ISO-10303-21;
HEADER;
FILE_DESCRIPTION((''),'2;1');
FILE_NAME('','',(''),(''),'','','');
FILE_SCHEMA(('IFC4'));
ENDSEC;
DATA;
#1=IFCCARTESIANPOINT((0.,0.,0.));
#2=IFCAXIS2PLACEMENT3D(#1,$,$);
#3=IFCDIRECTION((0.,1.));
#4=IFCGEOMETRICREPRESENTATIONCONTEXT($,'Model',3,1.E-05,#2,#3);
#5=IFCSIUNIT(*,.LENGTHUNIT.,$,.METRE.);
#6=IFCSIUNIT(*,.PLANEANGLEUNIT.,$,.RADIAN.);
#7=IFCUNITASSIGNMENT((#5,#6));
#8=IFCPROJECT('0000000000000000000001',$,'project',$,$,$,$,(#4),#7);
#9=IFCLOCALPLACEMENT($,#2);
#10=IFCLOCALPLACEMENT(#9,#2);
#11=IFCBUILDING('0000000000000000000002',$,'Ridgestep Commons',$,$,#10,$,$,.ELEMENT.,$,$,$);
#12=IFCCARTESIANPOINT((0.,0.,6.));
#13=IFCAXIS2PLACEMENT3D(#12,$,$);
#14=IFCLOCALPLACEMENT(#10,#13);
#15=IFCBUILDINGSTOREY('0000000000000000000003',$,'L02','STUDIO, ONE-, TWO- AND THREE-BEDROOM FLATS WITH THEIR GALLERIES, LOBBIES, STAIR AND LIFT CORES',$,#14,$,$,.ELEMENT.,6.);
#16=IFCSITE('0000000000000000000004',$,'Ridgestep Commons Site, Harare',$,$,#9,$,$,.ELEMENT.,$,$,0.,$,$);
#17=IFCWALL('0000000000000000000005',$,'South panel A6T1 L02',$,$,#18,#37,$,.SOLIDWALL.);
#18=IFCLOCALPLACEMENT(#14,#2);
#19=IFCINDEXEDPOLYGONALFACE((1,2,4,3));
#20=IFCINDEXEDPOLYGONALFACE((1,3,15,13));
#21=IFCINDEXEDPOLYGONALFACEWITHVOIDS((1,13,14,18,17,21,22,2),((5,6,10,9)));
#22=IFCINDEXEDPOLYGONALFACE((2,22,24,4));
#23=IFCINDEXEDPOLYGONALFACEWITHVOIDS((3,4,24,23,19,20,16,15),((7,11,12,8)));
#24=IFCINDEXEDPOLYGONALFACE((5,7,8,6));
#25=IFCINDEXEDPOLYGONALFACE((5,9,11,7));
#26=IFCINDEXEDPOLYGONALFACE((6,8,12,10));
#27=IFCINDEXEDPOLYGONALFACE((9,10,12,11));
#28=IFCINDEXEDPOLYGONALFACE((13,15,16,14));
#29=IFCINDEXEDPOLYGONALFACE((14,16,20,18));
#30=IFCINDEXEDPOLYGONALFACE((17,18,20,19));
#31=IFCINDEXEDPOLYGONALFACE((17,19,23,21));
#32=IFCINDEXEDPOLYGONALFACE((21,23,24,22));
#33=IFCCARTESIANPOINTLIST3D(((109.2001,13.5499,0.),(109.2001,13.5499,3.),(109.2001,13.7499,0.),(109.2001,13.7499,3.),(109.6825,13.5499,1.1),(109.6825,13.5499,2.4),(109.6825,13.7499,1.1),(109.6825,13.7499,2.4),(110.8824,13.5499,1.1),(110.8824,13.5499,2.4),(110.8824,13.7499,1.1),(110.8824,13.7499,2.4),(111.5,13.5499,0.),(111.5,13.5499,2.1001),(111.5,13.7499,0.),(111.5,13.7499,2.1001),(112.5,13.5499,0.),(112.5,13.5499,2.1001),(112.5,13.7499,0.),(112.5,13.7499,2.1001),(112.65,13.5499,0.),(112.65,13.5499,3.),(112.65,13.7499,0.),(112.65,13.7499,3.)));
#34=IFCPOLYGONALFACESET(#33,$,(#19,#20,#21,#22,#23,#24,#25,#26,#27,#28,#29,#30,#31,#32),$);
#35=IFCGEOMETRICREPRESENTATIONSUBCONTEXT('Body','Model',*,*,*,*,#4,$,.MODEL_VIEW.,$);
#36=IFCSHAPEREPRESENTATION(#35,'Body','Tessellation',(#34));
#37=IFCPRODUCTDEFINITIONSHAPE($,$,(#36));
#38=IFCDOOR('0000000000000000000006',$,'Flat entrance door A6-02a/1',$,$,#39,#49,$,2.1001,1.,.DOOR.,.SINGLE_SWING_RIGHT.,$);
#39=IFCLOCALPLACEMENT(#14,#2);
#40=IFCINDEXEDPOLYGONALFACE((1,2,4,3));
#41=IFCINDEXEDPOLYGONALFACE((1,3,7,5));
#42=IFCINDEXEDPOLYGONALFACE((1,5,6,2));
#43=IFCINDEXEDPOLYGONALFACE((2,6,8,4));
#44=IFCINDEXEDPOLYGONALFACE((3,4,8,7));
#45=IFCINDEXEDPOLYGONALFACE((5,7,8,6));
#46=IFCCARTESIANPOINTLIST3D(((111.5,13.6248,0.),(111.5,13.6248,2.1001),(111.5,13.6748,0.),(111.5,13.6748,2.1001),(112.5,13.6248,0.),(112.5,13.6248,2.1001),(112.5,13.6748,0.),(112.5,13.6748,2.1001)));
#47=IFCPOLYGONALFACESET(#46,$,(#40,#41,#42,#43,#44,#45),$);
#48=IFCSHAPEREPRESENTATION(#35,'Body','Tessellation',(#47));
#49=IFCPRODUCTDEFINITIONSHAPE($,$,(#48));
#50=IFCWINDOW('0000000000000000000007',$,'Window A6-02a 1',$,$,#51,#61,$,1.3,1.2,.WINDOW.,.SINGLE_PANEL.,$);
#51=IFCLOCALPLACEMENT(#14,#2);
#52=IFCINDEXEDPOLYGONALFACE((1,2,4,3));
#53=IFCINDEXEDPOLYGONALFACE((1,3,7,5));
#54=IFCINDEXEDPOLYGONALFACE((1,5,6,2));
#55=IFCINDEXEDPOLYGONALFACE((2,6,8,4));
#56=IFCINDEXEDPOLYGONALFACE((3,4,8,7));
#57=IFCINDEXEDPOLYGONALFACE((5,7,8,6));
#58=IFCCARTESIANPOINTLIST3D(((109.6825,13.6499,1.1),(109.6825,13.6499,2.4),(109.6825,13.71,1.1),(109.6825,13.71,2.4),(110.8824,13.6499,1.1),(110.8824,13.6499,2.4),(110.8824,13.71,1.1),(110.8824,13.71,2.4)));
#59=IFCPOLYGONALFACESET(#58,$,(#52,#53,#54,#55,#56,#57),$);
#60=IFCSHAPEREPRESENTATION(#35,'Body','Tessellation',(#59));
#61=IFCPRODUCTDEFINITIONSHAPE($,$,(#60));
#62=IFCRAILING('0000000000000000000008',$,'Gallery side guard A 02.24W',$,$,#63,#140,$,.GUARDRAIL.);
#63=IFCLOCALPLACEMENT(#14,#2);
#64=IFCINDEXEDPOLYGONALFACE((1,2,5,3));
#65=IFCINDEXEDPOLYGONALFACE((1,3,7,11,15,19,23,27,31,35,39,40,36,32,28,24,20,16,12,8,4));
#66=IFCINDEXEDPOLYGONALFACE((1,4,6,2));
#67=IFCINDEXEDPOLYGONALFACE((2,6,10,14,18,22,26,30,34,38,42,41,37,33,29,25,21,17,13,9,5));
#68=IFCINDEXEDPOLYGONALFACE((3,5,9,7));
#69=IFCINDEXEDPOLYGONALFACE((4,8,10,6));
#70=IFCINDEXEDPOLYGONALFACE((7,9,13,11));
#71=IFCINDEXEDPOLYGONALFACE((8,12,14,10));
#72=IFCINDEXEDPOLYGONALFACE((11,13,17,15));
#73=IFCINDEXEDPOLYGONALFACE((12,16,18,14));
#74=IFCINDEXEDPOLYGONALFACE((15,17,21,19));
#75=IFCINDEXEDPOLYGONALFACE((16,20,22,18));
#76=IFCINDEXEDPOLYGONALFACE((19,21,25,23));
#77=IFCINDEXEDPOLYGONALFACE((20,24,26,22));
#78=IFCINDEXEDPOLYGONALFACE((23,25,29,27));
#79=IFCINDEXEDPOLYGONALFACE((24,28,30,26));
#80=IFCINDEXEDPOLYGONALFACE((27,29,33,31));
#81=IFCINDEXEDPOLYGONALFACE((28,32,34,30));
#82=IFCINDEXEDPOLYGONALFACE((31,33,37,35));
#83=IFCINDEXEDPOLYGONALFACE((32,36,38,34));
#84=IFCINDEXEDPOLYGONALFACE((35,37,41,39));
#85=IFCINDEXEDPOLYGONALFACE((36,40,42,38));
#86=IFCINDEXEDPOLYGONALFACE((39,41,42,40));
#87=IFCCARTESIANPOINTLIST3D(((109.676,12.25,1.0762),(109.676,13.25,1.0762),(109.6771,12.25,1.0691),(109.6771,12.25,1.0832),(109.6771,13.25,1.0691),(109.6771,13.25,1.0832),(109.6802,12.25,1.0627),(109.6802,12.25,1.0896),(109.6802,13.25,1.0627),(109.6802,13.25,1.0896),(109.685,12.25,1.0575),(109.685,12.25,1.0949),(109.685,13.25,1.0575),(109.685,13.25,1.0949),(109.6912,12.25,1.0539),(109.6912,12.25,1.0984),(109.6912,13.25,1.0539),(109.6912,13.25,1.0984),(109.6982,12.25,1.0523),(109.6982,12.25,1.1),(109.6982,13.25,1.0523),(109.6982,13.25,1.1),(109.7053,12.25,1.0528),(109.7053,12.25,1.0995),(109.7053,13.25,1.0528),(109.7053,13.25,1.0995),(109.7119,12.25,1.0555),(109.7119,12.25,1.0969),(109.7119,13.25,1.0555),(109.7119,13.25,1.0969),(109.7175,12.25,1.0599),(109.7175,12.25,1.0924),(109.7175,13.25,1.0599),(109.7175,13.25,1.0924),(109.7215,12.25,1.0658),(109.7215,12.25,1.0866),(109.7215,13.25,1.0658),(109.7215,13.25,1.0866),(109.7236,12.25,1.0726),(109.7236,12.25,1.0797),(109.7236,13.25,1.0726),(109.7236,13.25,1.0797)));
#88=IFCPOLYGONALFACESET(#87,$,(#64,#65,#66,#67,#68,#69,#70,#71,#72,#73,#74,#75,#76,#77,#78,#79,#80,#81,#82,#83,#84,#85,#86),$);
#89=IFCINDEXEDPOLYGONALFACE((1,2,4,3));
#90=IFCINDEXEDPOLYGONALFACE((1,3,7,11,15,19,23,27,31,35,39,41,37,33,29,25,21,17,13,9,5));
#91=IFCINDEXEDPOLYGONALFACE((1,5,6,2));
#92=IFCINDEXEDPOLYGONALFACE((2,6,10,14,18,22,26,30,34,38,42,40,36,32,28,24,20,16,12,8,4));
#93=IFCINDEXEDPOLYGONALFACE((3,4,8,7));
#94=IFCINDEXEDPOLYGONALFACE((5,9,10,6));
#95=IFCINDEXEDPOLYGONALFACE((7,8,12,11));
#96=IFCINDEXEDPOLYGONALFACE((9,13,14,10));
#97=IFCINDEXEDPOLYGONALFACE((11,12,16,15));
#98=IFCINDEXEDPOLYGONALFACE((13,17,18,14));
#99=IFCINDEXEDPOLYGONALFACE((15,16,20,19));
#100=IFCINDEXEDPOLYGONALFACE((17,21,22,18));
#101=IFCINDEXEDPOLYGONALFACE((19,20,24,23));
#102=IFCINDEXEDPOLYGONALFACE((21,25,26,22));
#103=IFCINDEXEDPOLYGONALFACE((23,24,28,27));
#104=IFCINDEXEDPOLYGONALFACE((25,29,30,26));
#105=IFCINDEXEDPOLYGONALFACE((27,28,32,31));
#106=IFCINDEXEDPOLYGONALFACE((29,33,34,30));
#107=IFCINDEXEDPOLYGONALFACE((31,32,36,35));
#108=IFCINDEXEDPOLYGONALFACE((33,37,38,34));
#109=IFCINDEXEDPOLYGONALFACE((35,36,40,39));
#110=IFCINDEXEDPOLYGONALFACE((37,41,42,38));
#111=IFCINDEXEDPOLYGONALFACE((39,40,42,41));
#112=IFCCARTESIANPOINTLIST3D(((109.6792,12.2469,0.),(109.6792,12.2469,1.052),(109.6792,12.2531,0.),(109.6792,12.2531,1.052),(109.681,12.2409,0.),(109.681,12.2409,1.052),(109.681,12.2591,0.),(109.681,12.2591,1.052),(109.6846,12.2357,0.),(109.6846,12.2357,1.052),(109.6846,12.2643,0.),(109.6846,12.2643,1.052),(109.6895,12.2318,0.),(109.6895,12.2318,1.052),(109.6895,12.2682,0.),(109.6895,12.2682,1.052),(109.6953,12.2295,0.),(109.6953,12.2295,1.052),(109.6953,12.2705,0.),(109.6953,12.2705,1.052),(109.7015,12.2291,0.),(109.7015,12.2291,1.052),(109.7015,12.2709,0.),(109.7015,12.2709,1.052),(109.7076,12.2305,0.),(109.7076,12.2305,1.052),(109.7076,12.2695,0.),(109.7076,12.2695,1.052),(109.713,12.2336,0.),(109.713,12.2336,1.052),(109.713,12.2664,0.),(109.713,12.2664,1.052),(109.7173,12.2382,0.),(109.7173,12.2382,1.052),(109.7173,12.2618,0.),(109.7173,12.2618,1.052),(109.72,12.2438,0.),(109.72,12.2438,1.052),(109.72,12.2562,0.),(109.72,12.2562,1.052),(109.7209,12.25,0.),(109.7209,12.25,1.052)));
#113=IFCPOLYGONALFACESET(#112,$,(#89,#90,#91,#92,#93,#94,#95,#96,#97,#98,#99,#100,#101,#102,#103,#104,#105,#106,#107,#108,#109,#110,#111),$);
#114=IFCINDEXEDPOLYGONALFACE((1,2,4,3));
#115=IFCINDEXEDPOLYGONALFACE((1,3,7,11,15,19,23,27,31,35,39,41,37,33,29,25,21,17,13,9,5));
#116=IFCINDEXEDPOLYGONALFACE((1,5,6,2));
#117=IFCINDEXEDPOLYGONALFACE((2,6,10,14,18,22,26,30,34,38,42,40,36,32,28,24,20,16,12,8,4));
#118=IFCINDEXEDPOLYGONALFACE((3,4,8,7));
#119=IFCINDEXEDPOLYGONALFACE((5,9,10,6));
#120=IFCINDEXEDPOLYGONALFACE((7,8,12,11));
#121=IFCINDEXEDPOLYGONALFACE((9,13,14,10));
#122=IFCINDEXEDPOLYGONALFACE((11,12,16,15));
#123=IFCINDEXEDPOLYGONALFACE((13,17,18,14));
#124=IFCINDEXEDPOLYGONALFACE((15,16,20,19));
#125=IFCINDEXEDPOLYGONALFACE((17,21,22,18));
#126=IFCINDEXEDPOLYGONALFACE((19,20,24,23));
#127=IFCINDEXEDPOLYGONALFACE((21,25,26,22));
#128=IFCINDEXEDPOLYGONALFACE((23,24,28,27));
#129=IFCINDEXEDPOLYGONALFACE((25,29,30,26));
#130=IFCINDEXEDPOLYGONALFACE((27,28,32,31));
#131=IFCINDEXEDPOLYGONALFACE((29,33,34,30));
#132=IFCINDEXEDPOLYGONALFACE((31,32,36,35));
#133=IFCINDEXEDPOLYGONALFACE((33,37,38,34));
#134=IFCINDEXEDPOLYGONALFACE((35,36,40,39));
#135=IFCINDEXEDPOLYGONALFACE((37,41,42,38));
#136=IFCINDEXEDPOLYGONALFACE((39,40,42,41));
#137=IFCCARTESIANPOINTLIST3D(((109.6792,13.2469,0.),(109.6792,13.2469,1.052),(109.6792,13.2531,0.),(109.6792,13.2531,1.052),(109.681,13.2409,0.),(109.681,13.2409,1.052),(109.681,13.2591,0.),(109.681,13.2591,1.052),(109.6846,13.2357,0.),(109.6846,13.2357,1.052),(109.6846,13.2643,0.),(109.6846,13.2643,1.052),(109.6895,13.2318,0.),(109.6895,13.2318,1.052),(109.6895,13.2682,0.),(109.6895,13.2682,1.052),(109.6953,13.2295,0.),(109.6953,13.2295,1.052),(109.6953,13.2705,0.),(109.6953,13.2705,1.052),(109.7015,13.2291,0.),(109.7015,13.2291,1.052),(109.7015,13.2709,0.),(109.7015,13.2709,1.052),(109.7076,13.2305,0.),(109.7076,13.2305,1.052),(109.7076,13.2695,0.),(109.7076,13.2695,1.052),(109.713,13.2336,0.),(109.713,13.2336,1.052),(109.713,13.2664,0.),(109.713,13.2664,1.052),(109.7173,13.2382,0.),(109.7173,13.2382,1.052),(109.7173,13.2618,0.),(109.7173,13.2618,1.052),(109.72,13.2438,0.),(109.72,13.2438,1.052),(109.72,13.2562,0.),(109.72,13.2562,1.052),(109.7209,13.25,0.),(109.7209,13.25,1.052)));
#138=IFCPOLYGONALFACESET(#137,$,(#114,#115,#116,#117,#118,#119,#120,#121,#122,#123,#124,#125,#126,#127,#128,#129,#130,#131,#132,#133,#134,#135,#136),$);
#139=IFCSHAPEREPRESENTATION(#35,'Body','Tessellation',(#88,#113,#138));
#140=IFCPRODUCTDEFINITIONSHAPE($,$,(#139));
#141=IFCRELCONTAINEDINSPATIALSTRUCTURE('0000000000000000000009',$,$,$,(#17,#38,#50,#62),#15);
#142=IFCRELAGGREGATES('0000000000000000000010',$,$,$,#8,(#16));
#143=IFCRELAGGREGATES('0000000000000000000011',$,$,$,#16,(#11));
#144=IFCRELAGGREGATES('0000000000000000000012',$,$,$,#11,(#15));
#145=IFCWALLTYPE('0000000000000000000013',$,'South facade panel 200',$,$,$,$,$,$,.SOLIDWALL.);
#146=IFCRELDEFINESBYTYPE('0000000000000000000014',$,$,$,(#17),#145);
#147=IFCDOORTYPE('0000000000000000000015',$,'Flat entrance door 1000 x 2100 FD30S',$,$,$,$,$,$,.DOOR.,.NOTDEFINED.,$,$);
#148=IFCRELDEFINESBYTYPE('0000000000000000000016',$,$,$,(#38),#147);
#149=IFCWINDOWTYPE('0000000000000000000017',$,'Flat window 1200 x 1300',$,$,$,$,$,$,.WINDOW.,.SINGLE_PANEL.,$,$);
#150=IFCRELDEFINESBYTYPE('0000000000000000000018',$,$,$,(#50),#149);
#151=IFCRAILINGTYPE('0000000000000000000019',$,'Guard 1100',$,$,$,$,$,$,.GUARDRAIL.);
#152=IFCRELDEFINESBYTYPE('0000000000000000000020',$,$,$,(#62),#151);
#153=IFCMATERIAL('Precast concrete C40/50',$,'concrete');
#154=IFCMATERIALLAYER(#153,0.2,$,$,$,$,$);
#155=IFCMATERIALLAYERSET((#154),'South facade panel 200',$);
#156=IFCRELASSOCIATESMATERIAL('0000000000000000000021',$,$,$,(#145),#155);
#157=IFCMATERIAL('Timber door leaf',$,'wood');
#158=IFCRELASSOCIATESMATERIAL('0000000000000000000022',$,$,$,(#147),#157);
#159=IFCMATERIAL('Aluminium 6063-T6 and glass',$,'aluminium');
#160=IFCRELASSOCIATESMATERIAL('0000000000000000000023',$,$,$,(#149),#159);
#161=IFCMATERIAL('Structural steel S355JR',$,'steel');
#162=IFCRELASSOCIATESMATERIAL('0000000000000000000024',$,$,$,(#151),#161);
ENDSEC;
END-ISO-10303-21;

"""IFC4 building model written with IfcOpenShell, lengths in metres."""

from ifc_helpers import new_model, si_unit, direction, frame, frame_2d, origin, origin_2d, place, context, subcontext, project, spatial, rectangle, circle, extrude, material, layer, layer_set, type_object, element, fill, save


model = new_model("IFC4")

# Units and contexts
model_context = context("Model", 3, precision=1e-05, world=origin(), true_north=direction((0.0, 1.0)))
body_context = subcontext(model_context, "Body", "Model", "MODEL_VIEW")
ifc_project = project(units=[si_unit("LENGTHUNIT", "METRE"), si_unit("PLANEANGLEUNIT", "RADIAN")], contexts=[model_context])

# Site, building, storey
site_placement = place(None, origin())
site = spatial("IfcSite", under=ifc_project, at=site_placement, Name="Ridgestep Commons Site, Harare", CompositionType="ELEMENT", RefElevation=0.0)
building_placement = place(site_placement, origin())
building = spatial("IfcBuilding", under=site, at=building_placement, Name="Ridgestep Commons", CompositionType="ELEMENT")
storey_placement = place(building_placement, frame((0.0, 0.0, 6.0)))
storey = spatial("IfcBuildingStorey", under=building, at=storey_placement, Name="L02", Description="STUDIO, ONE-, TWO- AND THREE-BEDROOM FLATS WITH THEIR GALLERIES, LOBBIES, STAIR AND LIFT CORES", CompositionType="ELEMENT", Elevation=6.0)

# Wall, openings, door, window
ifc_material_1 = material(Name="Precast concrete C40/50", Category="concrete")
ifc_layer_1 = layer(ifc_material_1, 0.2)
ifc_layer_set_1 = layer_set([ifc_layer_1], Name="South facade panel 200")
wall_type_1 = type_object("IfcWallType", Name="South facade panel 200", PredefinedType="SOLIDWALL", material=ifc_layer_set_1)
wall_1_placement = place(storey_placement, frame((109.2, 13.6499, 0.0), z_axis=(0.0, 0.0, 1.0), x_axis=(1.0, 0.0, 0.0)))
wall_1 = element("IfcWall", 1, at=wall_1_placement, inside=storey, type_object=wall_type_1, Name="South panel A6T1 L02", PredefinedType="SOLIDWALL", context=body_context, shape_type="SweptSolid", body=[
    extrude(rectangle(XDim=3.45, YDim=0.2, at=frame_2d((1.7251, 0.0))), origin(), (0.0, 0.0, 1.0), 3.0),
])
opening_1_placement = place(wall_1_placement, frame((0.4824, 0.0, 1.1001)))
opening_1 = element("IfcOpeningElement", 2, at=opening_1_placement, cuts=wall_1, PredefinedType="OPENING", context=body_context, shape_type="SweptSolid", body=[
    extrude(rectangle(XDim=1.2, YDim=1.3, at=frame_2d((0.6001, 0.6499))), frame((0.0, 0.1099, 0.0), z_axis=(0.0, -1.0, 0.0), x_axis=(1.0, 0.0, 0.0)), (0.0, 0.0, 1.0), 0.22),
])
opening_2_placement = place(wall_1_placement, frame((2.3, 0.0, 0.0)))
opening_2 = element("IfcOpeningElement", 3, at=opening_2_placement, cuts=wall_1, PredefinedType="OPENING", context=body_context, shape_type="SweptSolid", body=[
    extrude(rectangle(XDim=1.0, YDim=2.1001, at=frame_2d((0.5, 1.05))), frame((0.0, 0.1099, 0.0), z_axis=(0.0, -1.0, 0.0), x_axis=(1.0, 0.0, 0.0)), (0.0, 0.0, 1.0), 0.22),
])
ifc_material_2 = material(Name="Timber door leaf", Category="wood")
door_type_1 = type_object("IfcDoorType", Name="Flat entrance door 1000 x 2100 FD30S", OperationType="NOTDEFINED", PredefinedType="DOOR", material=ifc_material_2)
door_1_placement = place(opening_2_placement, origin())
door_1 = element("IfcDoor", 4, at=door_1_placement, inside=storey, type_object=door_type_1, Name="Flat entrance door A6-02a/1", OperationType="SINGLE_SWING_RIGHT", OverallHeight=2.1001, OverallWidth=1.0, PredefinedType="DOOR", context=body_context, shape_type="SweptSolid", body=[
    extrude(rectangle(XDim=1.0, YDim=2.1001, at=frame_2d((0.5, 1.05))), frame((0.0, 0.0249, 0.0), z_axis=(0.0, -1.0, 0.0), x_axis=(1.0, 0.0, 0.0)), (0.0, 0.0, 1.0), 0.05),
])
fill(opening_2, door_1)
ifc_material_3 = material(Name="Aluminium 6063-T6 and glass", Category="aluminium")
window_type_1 = type_object("IfcWindowType", Name="Flat window 1200 x 1300", PartitioningType="SINGLE_PANEL", PredefinedType="WINDOW", material=ifc_material_3)
window_1_placement = place(opening_1_placement, origin())
window_1 = element("IfcWindow", 5, at=window_1_placement, inside=storey, type_object=window_type_1, Name="Window A6-02a 1", OverallHeight=1.3, OverallWidth=1.2, PartitioningType="SINGLE_PANEL", PredefinedType="WINDOW", context=body_context, shape_type="SweptSolid", body=[
    extrude(rectangle(XDim=1.2, YDim=1.3, at=frame_2d((0.6001, 0.6499))), frame((0.0, 0.0601, 0.0), z_axis=(0.0, -1.0, 0.0), x_axis=(1.0, 0.0, 0.0)), (0.0, 0.0, 1.0), 0.0601),
])
fill(opening_1, window_1)

# Railing
ifc_material_4 = material(Name="Structural steel S355JR", Category="steel")
railing_type = type_object("IfcRailingType", Name="Guard 1100", PredefinedType="GUARDRAIL", material=ifc_material_4)
for number, where, name in (
    (6, (109.7, 12.25, 0.0), "Gallery side guard A 02.24W"),
):
    element("IfcRailing", number, at=place(storey_placement, frame(where)), inside=storey, type_object=railing_type, Name=name, PredefinedType="GUARDRAIL", context=body_context, shape_type="SweptSolid", body=[
        extrude(circle(Radius=0.0239, at=origin_2d()), frame((0.0, 0.0, 1.0762), z_axis=(0.0, 1.0, 0.0), x_axis=(-1.0, 0.0, 0.0)), (0.0, 0.0, 1.0), 1.0),
        extrude(circle(Radius=0.021, at=origin_2d()), origin(), (0.0, 0.0, 1.0), 1.052),
        extrude(circle(Radius=0.021, at=origin_2d()), frame((0.0, 1.0, 0.0)), (0.0, 0.0, 1.0), 1.052),
    ])

save(model, "model.ifc")
